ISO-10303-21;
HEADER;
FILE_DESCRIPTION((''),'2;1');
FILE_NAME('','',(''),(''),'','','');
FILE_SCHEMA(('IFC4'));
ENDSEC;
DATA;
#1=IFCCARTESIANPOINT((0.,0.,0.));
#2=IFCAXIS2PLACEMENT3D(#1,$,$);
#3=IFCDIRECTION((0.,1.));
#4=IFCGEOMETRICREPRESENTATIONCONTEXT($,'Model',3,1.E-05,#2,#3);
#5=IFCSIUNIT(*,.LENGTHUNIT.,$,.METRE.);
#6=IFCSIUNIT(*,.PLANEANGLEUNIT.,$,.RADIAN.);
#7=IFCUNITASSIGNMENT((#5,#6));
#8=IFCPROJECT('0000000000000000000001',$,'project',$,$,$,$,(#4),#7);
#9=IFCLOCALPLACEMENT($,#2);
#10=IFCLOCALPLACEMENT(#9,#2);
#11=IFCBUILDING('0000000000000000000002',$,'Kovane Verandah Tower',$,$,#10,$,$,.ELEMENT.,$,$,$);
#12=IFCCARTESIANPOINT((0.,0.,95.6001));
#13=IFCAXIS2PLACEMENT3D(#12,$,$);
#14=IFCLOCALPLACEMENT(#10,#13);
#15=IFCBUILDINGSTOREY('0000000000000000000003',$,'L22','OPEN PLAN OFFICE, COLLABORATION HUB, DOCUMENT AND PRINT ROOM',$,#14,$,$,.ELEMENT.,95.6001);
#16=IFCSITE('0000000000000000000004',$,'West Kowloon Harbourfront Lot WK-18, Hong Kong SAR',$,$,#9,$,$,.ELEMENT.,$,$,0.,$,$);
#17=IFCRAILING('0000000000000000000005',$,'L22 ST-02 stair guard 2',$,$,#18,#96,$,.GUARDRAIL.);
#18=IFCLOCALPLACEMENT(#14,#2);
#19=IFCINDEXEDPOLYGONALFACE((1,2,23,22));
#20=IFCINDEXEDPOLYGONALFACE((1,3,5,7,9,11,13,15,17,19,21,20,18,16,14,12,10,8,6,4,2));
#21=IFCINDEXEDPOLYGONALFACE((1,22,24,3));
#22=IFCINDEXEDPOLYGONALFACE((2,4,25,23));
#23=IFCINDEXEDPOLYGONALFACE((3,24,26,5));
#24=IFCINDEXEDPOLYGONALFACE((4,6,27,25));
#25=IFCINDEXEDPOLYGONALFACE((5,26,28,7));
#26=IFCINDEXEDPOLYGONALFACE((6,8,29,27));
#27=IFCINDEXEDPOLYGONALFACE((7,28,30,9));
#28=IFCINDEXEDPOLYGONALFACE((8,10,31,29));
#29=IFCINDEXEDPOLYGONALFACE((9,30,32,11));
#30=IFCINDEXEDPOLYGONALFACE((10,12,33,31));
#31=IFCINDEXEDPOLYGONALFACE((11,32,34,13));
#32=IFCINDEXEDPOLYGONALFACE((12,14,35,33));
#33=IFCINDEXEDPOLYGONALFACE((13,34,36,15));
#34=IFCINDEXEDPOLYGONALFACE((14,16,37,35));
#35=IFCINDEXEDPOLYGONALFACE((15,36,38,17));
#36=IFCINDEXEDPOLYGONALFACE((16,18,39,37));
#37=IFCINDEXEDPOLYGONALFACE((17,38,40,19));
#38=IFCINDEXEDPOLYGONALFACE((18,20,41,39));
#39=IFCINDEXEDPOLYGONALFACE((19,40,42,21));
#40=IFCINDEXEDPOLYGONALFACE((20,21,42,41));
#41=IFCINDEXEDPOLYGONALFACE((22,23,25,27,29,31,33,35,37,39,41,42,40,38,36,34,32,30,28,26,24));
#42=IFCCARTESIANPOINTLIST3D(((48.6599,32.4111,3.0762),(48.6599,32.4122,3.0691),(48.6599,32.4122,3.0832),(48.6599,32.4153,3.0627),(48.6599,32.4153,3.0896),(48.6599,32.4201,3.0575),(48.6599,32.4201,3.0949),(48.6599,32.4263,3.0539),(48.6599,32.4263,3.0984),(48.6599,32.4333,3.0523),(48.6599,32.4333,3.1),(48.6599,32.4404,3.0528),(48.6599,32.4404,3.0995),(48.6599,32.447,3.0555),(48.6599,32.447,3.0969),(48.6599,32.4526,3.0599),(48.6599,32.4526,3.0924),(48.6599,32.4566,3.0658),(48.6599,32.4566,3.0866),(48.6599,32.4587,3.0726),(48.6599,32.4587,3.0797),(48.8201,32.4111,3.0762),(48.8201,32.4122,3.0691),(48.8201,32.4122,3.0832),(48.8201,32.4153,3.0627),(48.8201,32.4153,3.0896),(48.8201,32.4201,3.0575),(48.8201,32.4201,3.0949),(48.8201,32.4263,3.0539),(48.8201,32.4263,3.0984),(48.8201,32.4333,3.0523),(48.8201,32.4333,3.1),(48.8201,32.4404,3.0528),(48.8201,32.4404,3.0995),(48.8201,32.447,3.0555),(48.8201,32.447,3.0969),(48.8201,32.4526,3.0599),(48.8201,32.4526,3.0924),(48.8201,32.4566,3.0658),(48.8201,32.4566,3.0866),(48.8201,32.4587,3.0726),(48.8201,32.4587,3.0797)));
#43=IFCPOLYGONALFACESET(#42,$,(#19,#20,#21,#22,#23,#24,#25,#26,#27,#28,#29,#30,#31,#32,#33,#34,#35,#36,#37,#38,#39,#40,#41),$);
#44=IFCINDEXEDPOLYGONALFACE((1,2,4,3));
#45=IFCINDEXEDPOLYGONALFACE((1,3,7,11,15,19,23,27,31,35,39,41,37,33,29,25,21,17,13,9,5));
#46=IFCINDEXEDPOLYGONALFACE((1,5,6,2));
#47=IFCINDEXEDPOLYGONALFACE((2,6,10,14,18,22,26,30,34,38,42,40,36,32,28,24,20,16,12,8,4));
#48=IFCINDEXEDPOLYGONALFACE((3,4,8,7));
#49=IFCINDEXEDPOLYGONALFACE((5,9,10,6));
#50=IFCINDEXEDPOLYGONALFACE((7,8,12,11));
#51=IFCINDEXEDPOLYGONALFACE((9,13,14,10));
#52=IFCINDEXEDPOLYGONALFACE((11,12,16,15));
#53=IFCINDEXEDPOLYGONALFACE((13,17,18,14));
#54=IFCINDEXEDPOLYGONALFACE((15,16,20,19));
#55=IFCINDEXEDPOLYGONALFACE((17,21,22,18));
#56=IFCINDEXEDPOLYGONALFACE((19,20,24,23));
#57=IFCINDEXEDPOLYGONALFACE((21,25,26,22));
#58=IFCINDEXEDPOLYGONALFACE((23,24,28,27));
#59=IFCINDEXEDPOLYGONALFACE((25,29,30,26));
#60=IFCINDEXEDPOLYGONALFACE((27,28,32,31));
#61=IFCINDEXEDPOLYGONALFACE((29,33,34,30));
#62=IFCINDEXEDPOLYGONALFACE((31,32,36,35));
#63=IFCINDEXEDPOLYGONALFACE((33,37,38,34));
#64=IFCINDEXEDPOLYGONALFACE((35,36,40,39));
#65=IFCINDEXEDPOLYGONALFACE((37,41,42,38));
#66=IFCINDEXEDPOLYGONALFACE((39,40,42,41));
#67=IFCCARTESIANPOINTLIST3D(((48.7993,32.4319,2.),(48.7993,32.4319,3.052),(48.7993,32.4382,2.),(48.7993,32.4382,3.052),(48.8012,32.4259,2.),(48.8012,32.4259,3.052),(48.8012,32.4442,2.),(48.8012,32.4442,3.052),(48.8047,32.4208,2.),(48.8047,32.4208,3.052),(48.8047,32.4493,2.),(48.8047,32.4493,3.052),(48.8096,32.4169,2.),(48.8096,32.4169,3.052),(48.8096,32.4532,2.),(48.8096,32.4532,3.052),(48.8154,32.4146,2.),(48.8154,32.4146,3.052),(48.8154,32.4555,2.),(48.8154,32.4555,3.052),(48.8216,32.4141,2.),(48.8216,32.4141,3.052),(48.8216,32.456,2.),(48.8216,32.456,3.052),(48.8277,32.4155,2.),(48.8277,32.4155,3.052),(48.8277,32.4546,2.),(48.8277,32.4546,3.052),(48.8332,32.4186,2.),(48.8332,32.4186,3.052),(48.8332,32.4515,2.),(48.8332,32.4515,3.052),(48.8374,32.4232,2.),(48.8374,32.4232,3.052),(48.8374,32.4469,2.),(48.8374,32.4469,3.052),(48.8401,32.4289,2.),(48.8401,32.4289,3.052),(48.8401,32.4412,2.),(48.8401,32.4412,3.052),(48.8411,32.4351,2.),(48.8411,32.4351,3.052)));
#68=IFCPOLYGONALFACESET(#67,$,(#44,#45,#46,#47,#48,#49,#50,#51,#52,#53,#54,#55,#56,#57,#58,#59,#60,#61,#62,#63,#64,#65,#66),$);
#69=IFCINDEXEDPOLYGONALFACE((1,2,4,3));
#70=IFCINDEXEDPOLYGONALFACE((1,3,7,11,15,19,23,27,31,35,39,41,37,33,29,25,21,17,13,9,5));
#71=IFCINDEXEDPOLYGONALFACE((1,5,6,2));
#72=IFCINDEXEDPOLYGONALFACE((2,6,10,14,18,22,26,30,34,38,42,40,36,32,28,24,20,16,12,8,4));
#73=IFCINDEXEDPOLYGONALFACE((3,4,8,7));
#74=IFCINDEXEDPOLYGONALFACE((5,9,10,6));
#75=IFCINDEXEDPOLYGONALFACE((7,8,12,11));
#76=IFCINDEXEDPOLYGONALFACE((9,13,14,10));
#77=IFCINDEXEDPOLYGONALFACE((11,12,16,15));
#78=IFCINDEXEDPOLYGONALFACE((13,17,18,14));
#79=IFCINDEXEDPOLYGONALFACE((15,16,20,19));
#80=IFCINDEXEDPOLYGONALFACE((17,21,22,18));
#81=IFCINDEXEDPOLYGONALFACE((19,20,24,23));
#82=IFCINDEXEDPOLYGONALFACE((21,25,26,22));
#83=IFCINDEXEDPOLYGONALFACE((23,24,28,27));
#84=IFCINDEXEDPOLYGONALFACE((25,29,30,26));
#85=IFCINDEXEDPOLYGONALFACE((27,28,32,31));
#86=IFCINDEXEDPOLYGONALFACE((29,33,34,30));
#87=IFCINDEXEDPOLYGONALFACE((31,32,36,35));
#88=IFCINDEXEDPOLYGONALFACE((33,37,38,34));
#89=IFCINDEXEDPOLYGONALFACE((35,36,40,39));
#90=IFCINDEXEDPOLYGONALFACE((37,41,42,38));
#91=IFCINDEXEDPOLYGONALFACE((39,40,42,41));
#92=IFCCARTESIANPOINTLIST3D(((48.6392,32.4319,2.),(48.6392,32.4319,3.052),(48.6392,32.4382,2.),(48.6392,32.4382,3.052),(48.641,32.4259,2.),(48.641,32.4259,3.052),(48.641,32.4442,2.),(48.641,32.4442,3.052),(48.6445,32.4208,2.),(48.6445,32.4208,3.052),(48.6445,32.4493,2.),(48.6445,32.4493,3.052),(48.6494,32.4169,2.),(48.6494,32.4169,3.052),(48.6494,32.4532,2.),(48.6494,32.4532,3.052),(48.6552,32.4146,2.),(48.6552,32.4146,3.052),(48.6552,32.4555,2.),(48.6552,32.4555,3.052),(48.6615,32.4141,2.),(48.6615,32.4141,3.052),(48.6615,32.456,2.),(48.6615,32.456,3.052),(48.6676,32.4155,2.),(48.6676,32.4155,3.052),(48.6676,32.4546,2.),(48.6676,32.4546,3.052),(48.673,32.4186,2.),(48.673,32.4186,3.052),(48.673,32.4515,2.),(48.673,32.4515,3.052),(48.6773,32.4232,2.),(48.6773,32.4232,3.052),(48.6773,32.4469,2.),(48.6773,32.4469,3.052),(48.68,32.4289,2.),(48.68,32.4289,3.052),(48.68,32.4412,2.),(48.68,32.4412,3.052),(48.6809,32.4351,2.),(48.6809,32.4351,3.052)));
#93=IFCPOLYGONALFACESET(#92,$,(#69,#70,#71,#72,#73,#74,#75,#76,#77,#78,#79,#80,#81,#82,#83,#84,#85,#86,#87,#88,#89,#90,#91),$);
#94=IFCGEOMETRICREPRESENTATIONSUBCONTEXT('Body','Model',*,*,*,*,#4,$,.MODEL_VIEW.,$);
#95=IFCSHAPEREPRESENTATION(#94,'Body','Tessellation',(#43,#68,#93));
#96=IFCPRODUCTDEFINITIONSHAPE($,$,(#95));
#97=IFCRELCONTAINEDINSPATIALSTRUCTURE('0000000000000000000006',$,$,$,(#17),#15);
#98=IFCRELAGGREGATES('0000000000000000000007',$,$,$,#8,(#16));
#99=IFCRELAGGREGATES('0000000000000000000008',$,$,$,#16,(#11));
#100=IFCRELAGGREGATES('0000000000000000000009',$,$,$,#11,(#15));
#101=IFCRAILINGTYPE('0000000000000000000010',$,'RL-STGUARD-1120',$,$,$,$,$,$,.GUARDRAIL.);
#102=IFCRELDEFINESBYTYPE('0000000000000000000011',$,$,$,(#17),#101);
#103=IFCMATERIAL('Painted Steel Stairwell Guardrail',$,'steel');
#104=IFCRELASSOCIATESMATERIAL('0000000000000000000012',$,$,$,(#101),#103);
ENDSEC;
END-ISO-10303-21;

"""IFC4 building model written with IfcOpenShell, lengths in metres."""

from ifc_helpers import new_model, si_unit, direction, frame, origin, origin_2d, place, context, subcontext, project, spatial, circle, extrude, material, type_object, element, save


model = new_model("IFC4")

# Units and contexts
model_context = context("Model", 3, precision=1e-05, world=origin(), true_north=direction((0.0, 1.0)))
body_context = subcontext(model_context, "Body", "Model", "MODEL_VIEW")
ifc_project = project(units=[si_unit("LENGTHUNIT", "METRE"), si_unit("PLANEANGLEUNIT", "RADIAN")], contexts=[model_context])

# Site, building, storey
site_placement = place(None, origin())
site = spatial("IfcSite", under=ifc_project, at=site_placement, Name="West Kowloon Harbourfront Lot WK-18, Hong Kong SAR", CompositionType="ELEMENT", RefElevation=0.0)
building_placement = place(site_placement, origin())
building = spatial("IfcBuilding", under=site, at=building_placement, Name="Kovane Verandah Tower", CompositionType="ELEMENT")
storey_placement = place(building_placement, frame((0.0, 0.0, 95.6001)))
storey = spatial("IfcBuildingStorey", under=building, at=storey_placement, Name="L22", Description="OPEN PLAN OFFICE, COLLABORATION HUB, DOCUMENT AND PRINT ROOM", CompositionType="ELEMENT", Elevation=95.6001)

# Railing
ifc_material_1 = material(Name="Painted Steel Stairwell Guardrail", Category="steel")
railing_type_1 = type_object("IfcRailingType", Name="RL-STGUARD-1120", PredefinedType="GUARDRAIL", material=ifc_material_1)
railing_1_placement = place(storey_placement, frame((48.8201, 32.4351, 2.0)))
element("IfcRailing", 1, at=railing_1_placement, inside=storey, type_object=railing_type_1, Name="L22 ST-02 stair guard 2", PredefinedType="GUARDRAIL", context=body_context, shape_type="SweptSolid", body=[
    extrude(circle(Radius=0.0239, at=origin_2d()), frame((0.0, 0.0, 1.0762), z_axis=(-1.0, 0.0, 0.0), x_axis=(0.0, -1.0, 0.0)), (0.0, 0.0, 1.0), 0.1602),
    extrude(circle(Radius=0.021, at=origin_2d()), origin(), (0.0, 0.0, 1.0), 1.052),
    extrude(circle(Radius=0.021, at=origin_2d()), frame((-0.1602, 0.0, 0.0)), (0.0, 0.0, 1.0), 1.052),
])

save(model, "model.ifc")
